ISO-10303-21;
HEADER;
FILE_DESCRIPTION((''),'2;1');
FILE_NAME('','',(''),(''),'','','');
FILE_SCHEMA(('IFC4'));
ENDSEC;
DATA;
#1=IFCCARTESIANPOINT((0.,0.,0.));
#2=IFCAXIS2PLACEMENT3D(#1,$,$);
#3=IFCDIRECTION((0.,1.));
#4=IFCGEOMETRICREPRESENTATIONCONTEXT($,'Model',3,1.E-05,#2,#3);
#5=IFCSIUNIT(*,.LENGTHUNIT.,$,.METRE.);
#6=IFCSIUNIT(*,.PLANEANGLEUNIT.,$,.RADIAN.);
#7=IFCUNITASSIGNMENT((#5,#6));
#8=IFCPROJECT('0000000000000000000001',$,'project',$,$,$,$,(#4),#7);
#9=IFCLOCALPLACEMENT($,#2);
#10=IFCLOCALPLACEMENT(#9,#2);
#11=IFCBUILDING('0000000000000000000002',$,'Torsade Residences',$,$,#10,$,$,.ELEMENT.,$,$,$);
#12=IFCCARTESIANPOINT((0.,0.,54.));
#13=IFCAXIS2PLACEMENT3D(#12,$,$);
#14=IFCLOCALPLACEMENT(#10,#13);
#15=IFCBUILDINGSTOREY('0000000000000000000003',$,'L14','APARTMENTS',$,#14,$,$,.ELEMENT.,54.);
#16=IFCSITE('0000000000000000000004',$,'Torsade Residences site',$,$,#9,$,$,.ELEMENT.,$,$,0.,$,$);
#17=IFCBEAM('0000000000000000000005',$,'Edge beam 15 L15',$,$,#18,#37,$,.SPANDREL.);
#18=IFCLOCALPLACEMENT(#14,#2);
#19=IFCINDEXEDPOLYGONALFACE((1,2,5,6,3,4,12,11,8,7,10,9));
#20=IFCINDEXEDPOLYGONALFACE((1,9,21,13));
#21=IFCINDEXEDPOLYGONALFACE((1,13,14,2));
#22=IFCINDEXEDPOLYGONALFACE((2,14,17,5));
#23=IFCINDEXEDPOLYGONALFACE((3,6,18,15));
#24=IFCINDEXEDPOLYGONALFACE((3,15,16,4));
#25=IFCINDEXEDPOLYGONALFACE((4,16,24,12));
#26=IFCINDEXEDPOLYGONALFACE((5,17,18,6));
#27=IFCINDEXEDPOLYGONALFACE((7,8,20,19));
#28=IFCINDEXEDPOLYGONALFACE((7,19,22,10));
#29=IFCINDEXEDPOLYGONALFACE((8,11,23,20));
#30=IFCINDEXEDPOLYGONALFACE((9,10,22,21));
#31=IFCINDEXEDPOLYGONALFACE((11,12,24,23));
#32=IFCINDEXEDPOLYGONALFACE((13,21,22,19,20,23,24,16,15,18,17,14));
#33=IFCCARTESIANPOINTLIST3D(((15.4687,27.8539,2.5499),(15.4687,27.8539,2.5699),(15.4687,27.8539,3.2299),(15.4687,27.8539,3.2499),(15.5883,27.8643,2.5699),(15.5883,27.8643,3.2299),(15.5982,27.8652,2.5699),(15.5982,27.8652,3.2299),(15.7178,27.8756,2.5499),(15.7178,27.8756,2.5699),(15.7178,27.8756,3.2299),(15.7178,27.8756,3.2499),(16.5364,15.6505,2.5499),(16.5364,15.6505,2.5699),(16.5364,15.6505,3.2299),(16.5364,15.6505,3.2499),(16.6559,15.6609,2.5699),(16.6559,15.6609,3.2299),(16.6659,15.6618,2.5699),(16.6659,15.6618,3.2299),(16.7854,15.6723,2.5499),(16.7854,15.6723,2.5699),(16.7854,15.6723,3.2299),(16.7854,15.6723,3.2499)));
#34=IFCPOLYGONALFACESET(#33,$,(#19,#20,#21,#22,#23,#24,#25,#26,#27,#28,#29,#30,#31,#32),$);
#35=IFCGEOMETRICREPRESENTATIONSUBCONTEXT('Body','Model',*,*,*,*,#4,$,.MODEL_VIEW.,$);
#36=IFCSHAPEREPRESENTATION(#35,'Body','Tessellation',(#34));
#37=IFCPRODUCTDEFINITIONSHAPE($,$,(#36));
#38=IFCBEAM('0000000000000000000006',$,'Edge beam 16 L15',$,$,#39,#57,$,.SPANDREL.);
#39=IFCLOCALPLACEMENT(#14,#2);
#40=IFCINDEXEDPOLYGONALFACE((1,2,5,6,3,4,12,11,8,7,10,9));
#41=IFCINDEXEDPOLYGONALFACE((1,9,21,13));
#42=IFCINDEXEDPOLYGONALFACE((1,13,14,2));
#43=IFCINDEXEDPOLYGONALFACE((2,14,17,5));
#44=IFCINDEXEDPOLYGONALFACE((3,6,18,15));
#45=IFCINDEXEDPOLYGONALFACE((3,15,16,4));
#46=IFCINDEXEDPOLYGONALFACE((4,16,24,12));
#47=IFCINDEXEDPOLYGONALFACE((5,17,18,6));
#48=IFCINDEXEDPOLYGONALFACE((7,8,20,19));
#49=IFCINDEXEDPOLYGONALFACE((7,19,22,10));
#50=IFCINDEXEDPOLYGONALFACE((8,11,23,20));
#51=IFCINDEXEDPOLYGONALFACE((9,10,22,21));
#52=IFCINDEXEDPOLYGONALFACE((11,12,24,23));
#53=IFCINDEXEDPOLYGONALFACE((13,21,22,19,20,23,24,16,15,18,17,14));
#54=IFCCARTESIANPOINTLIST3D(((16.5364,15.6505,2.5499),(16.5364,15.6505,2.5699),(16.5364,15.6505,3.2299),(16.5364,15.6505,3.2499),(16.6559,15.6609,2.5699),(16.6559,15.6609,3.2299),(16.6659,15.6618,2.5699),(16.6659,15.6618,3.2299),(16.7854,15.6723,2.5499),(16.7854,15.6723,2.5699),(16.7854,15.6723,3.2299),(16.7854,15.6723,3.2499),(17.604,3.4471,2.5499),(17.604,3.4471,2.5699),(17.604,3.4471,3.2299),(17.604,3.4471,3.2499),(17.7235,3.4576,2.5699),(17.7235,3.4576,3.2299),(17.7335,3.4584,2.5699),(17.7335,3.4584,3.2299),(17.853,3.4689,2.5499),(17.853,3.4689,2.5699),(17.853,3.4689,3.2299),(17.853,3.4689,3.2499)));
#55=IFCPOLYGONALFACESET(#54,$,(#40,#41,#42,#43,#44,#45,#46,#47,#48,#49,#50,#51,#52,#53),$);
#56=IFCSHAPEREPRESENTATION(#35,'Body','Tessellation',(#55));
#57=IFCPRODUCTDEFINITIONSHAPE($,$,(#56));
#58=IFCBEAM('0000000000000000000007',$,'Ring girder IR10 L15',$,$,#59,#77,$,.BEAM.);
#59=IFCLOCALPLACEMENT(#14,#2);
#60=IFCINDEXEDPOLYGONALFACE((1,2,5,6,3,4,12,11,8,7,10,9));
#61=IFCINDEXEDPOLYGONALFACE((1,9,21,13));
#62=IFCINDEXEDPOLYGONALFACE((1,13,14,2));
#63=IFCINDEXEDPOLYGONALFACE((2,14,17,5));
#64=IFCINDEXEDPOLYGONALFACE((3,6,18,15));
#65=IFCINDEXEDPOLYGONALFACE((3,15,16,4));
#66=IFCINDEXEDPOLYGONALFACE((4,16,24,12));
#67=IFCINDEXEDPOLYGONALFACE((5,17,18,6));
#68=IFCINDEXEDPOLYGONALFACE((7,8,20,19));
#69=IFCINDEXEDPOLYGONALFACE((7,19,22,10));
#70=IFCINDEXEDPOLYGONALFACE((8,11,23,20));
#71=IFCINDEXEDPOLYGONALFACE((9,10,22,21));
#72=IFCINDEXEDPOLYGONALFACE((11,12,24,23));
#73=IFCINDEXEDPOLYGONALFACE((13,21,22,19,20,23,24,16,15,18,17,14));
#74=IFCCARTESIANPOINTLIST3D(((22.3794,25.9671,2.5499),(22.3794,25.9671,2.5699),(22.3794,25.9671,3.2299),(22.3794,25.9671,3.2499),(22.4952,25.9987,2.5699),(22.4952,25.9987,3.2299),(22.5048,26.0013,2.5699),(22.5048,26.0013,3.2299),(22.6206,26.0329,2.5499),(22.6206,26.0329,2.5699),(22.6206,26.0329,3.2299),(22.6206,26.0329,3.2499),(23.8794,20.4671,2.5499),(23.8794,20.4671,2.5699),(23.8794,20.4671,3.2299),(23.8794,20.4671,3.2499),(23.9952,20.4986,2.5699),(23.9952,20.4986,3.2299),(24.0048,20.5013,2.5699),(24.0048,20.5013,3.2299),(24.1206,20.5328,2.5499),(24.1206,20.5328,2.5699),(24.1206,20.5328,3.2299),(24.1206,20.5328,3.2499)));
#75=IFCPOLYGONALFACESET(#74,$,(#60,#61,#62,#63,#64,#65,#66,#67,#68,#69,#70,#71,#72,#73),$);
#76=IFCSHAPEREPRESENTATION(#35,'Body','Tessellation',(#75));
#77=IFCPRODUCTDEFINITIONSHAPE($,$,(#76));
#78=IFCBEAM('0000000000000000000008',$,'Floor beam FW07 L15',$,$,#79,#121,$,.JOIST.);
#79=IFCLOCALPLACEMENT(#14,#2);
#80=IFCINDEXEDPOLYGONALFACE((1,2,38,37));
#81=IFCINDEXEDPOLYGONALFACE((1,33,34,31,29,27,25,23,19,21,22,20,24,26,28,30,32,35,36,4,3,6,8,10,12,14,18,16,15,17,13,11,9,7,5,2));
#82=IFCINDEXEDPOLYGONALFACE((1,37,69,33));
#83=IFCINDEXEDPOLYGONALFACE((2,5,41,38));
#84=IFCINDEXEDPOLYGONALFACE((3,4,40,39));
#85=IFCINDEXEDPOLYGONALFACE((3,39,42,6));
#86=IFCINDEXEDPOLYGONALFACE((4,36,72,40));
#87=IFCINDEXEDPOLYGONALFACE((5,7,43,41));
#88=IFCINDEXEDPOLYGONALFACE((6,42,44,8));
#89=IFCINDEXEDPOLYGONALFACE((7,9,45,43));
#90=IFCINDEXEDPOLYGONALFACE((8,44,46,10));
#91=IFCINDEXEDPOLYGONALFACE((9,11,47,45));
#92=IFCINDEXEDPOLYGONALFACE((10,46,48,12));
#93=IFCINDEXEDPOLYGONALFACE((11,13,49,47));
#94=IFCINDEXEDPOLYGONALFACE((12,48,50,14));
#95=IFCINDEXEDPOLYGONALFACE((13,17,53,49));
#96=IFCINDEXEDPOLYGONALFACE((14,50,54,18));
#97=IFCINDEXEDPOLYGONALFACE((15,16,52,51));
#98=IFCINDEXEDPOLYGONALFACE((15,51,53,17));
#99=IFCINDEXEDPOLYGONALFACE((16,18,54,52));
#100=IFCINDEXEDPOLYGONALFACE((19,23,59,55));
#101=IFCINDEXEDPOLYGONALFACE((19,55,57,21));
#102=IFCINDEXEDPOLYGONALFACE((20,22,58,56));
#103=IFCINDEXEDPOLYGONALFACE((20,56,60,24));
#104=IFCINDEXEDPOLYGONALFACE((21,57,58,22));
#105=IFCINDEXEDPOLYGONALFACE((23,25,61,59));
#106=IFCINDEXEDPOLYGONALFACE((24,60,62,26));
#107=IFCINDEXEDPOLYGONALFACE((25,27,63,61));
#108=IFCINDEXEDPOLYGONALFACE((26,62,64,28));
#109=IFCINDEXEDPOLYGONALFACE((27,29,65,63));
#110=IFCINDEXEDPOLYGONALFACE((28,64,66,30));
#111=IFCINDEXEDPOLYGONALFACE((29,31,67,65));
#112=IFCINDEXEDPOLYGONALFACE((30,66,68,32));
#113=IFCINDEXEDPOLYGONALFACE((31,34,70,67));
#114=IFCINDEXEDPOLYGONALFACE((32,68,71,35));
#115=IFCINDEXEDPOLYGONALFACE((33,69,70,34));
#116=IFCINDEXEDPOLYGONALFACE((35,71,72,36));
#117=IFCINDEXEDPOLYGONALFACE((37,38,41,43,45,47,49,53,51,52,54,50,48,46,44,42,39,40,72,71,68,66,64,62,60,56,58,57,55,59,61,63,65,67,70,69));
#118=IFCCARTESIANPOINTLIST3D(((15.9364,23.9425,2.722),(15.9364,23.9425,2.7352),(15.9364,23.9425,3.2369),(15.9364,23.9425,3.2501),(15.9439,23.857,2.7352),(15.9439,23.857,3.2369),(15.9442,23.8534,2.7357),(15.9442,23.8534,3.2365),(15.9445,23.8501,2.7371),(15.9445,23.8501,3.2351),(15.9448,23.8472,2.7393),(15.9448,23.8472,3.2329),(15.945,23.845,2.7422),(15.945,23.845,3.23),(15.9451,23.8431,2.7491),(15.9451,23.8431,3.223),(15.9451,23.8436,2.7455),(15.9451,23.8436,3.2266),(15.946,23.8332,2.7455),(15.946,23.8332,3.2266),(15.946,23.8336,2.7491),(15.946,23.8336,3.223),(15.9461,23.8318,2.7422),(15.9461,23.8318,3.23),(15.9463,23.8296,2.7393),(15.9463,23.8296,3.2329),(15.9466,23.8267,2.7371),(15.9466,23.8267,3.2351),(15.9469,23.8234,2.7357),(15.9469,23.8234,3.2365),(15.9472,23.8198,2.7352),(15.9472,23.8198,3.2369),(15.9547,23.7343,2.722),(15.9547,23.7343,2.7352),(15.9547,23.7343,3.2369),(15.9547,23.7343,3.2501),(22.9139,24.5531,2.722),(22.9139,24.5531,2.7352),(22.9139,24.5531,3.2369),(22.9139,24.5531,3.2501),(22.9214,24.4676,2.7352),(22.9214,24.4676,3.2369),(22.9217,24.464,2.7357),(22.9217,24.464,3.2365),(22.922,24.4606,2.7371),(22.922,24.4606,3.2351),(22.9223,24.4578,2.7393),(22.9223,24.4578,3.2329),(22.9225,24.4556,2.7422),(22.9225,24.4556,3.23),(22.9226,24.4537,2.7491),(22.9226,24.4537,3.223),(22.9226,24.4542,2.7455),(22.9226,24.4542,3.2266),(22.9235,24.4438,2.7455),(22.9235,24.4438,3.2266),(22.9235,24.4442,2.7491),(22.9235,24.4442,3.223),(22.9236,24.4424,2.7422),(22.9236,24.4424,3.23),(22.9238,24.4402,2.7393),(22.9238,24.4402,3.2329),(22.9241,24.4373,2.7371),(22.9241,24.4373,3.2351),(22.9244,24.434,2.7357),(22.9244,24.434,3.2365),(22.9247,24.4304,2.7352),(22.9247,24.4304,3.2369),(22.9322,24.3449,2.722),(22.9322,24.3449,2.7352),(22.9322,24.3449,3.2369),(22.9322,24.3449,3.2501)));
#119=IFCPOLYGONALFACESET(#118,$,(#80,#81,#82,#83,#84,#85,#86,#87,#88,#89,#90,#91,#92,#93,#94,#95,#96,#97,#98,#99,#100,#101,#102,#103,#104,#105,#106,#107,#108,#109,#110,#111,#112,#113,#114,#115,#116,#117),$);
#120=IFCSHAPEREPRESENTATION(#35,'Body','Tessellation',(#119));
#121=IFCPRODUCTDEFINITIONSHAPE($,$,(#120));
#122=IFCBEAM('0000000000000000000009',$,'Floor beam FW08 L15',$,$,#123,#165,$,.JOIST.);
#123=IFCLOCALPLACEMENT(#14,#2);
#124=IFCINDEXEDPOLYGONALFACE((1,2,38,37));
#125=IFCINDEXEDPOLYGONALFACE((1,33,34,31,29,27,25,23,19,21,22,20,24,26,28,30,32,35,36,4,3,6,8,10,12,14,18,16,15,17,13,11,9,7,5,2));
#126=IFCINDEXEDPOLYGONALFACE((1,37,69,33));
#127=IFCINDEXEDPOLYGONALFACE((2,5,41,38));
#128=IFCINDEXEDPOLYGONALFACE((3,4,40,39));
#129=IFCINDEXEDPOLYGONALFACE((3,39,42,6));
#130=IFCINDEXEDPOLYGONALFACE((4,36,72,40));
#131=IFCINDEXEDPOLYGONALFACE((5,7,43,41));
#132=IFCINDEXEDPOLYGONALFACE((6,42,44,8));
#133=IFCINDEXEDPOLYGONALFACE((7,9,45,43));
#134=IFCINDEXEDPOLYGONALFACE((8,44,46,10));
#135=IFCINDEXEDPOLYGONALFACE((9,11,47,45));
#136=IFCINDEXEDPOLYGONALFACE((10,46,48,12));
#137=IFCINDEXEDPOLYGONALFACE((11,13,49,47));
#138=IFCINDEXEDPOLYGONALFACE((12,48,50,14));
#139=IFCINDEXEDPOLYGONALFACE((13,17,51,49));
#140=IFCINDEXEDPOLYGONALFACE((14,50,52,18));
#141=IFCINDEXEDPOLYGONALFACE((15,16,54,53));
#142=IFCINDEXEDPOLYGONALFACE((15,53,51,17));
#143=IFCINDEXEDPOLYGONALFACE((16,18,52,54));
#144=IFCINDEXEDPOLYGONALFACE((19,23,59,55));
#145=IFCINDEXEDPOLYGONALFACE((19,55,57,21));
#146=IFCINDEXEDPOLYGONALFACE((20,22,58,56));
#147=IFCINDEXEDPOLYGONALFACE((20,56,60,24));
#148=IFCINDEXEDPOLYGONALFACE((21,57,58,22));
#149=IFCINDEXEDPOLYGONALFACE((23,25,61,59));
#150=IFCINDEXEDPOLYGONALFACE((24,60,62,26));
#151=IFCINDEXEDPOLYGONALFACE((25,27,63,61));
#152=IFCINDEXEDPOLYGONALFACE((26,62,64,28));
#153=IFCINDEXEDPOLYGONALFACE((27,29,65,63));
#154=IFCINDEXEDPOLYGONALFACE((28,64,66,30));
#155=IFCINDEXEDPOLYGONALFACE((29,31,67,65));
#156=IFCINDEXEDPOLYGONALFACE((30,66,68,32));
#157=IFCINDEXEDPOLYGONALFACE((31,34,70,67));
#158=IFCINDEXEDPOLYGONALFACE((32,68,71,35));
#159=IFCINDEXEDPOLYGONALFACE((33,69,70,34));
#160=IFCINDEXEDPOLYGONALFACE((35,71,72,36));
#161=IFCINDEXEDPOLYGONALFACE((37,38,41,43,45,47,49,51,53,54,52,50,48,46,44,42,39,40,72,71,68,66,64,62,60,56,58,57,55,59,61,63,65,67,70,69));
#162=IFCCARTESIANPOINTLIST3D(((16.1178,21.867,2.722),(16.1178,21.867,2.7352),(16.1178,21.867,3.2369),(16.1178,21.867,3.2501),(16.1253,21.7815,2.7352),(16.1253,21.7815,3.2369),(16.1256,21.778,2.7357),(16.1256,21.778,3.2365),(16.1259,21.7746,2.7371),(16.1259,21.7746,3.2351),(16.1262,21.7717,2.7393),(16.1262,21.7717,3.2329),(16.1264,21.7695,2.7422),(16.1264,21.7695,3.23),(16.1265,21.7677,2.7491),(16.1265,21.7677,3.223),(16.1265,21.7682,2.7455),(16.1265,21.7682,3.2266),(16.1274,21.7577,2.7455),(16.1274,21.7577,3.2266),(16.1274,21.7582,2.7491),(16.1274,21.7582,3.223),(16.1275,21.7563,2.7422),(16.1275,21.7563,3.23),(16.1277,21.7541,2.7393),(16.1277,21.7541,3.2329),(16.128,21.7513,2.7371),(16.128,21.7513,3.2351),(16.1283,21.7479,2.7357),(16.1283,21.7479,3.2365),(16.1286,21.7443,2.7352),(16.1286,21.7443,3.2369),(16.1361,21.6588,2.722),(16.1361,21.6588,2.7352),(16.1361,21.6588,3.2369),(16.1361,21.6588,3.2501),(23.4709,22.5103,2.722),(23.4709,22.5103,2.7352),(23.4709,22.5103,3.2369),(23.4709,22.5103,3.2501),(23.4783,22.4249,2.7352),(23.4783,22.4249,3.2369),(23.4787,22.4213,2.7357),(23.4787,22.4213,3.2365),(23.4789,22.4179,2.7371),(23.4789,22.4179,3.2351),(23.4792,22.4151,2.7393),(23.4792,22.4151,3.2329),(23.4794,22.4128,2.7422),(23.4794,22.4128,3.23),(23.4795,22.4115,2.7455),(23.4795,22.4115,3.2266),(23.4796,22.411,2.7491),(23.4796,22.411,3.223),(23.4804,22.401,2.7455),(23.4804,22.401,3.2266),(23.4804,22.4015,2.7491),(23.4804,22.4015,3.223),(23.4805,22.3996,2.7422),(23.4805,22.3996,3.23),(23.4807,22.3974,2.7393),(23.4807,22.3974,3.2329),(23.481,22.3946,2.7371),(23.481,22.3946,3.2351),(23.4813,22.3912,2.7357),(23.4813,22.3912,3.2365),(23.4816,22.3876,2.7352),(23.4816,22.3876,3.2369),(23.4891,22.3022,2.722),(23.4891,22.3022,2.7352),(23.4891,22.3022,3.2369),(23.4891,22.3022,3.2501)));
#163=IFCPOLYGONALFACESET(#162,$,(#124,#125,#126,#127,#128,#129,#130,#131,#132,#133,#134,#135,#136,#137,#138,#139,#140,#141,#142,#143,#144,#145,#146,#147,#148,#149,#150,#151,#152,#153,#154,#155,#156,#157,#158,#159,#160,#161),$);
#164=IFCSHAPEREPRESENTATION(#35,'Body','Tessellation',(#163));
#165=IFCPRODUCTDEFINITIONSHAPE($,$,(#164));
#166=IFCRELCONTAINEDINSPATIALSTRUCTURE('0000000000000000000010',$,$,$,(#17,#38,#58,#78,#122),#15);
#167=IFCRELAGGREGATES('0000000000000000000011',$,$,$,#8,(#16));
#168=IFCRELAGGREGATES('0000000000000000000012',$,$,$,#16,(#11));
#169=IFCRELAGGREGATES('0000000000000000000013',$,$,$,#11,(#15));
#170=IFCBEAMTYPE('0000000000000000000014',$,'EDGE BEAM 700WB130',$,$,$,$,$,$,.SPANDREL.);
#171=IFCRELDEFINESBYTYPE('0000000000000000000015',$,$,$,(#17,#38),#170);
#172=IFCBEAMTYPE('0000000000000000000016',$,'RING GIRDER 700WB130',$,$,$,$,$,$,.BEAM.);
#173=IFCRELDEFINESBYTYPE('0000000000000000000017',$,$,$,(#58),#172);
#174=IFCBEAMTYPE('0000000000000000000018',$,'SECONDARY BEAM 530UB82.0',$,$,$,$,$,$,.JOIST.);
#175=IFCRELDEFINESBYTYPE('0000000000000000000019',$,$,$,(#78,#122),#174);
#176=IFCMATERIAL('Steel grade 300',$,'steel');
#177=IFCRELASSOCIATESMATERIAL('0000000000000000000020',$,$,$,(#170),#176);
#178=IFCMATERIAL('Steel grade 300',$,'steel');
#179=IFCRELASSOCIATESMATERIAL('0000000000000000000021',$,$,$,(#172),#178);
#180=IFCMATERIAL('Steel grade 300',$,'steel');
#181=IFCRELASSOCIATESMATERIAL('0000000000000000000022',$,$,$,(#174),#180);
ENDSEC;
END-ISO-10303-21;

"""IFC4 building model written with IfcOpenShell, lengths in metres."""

from ifc_helpers import new_model, si_unit, direction, frame, origin, origin_2d, place, context, subcontext, project, spatial, i_section, extrude, material, material_profile, profile_set, type_object, element, save


model = new_model("IFC4")

# Units and contexts
model_context = context("Model", 3, precision=1e-05, world=origin(), true_north=direction((0.0, 1.0)))
body_context = subcontext(model_context, "Body", "Model", "MODEL_VIEW")
ifc_project = project(units=[si_unit("LENGTHUNIT", "METRE"), si_unit("PLANEANGLEUNIT", "RADIAN")], contexts=[model_context])

# Site, building, storey
site_placement = place(None, origin())
site = spatial("IfcSite", under=ifc_project, at=site_placement, Name="Torsade Residences site", CompositionType="ELEMENT", RefElevation=0.0)
building_placement = place(site_placement, origin())
building = spatial("IfcBuilding", under=site, at=building_placement, Name="Torsade Residences", CompositionType="ELEMENT")
storey_placement = place(building_placement, frame((0.0, 0.0, 54.0)))
storey = spatial("IfcBuildingStorey", under=building, at=storey_placement, Name="L14", Description="APARTMENTS", CompositionType="ELEMENT", Elevation=54.0)

# Beams
ifc_material_1 = material(Name="Steel grade 300", Category="steel")
ifc_material_profile_1 = material_profile(ifc_material_1, i_section(OverallWidth=0.25, OverallDepth=0.7, WebThickness=0.01, FlangeThickness=0.02, at=origin_2d()), Name="700WB130")
ifc_profile_set_1 = profile_set([ifc_material_profile_1], Name="Steel grade 300")
beam_type_1 = type_object("IfcBeamType", Name="EDGE BEAM 700WB130", PredefinedType="SPANDREL", material=ifc_profile_set_1)
for number, where, z_axis, x_axis, name in (
    (1, (15.5933, 27.8647, 2.8999), (0.087153, -0.996195, 0.0), (0.996195, 0.087153, 0.0), "Edge beam 15 L15"),
    (2, (16.6609, 15.6614, 2.8999), (0.087153, -0.996195, 0.0), (0.996195, 0.087153, 0.0), "Edge beam 16 L15"),
):
    element("IfcBeam", number, at=place(storey_placement, frame(where, z_axis=z_axis, x_axis=x_axis)), inside=storey, type_object=beam_type_1, Name=name, PredefinedType="SPANDREL", context=body_context, shape_type="SweptSolid", body=[
        extrude(i_section(OverallWidth=0.25, OverallDepth=0.7, WebThickness=0.01, FlangeThickness=0.02, at=origin_2d()), origin(), (0.0, 0.0, 1.0), 12.25),
    ])
ifc_material_2 = material(Name="Steel grade 300", Category="steel")
ifc_material_profile_2 = material_profile(ifc_material_2, i_section(OverallWidth=0.25, OverallDepth=0.7, WebThickness=0.01, FlangeThickness=0.02, at=origin_2d()), Name="700WB130")
ifc_profile_set_2 = profile_set([ifc_material_profile_2], Name="Steel grade 300")
beam_type_2 = type_object("IfcBeamType", Name="RING GIRDER 700WB130", PredefinedType="BEAM", material=ifc_profile_set_2)
beam_1_placement = place(storey_placement, frame((22.5, 26.0, 2.8999), z_axis=(0.263117, -0.964764, 0.0), x_axis=(0.964764, 0.263117, 0.0)))
element("IfcBeam", 3, at=beam_1_placement, inside=storey, type_object=beam_type_2, Name="Ring girder IR10 L15", PredefinedType="BEAM", context=body_context, shape_type="SweptSolid", body=[
    extrude(i_section(OverallWidth=0.25, OverallDepth=0.7, WebThickness=0.01, FlangeThickness=0.02, at=origin_2d()), origin(), (0.0, 0.0, 1.0), 5.7009),
])
ifc_material_3 = material(Name="Steel grade 300", Category="steel")
ifc_material_profile_3 = material_profile(ifc_material_3, i_section(OverallWidth=0.209, OverallDepth=0.5281, WebThickness=0.0095, FlangeThickness=0.0132, FilletRadius=0.0139, at=origin_2d()), Name="530UB82.0")
ifc_profile_set_3 = profile_set([ifc_material_profile_3], Name="Steel grade 300")
beam_type_3 = type_object("IfcBeamType", Name="SECONDARY BEAM 530UB82.0", PredefinedType="JOIST", material=ifc_profile_set_3)
beam_2_placement = place(storey_placement, frame((15.9456, 23.8384, 2.9861), z_axis=(0.996193, 0.087176, 0.0), x_axis=(-0.087176, 0.996193, 0.0)))
element("IfcBeam", 4, at=beam_2_placement, inside=storey, type_object=beam_type_3, Name="Floor beam FW07 L15", PredefinedType="JOIST", context=body_context, shape_type="SweptSolid", body=[
    extrude(i_section(OverallWidth=0.209, OverallDepth=0.5281, WebThickness=0.0095, FlangeThickness=0.0132, FilletRadius=0.0139, at=origin_2d()), origin(), (0.0, 0.0, 1.0), 7.0042),
])
beam_3_placement = place(storey_placement, frame((16.127, 21.7629, 2.9861), z_axis=(0.996195, 0.087156, 0.0), x_axis=(-0.087156, 0.996195, 0.0)))
element("IfcBeam", 5, at=beam_3_placement, inside=storey, type_object=beam_type_3, Name="Floor beam FW08 L15", PredefinedType="JOIST", context=body_context, shape_type="SweptSolid", body=[
    extrude(i_section(OverallWidth=0.209, OverallDepth=0.5281, WebThickness=0.0095, FlangeThickness=0.0132, FilletRadius=0.0139, at=origin_2d()), origin(), (0.0, 0.0, 1.0), 7.3811),
])

save(model, "model.ifc")
